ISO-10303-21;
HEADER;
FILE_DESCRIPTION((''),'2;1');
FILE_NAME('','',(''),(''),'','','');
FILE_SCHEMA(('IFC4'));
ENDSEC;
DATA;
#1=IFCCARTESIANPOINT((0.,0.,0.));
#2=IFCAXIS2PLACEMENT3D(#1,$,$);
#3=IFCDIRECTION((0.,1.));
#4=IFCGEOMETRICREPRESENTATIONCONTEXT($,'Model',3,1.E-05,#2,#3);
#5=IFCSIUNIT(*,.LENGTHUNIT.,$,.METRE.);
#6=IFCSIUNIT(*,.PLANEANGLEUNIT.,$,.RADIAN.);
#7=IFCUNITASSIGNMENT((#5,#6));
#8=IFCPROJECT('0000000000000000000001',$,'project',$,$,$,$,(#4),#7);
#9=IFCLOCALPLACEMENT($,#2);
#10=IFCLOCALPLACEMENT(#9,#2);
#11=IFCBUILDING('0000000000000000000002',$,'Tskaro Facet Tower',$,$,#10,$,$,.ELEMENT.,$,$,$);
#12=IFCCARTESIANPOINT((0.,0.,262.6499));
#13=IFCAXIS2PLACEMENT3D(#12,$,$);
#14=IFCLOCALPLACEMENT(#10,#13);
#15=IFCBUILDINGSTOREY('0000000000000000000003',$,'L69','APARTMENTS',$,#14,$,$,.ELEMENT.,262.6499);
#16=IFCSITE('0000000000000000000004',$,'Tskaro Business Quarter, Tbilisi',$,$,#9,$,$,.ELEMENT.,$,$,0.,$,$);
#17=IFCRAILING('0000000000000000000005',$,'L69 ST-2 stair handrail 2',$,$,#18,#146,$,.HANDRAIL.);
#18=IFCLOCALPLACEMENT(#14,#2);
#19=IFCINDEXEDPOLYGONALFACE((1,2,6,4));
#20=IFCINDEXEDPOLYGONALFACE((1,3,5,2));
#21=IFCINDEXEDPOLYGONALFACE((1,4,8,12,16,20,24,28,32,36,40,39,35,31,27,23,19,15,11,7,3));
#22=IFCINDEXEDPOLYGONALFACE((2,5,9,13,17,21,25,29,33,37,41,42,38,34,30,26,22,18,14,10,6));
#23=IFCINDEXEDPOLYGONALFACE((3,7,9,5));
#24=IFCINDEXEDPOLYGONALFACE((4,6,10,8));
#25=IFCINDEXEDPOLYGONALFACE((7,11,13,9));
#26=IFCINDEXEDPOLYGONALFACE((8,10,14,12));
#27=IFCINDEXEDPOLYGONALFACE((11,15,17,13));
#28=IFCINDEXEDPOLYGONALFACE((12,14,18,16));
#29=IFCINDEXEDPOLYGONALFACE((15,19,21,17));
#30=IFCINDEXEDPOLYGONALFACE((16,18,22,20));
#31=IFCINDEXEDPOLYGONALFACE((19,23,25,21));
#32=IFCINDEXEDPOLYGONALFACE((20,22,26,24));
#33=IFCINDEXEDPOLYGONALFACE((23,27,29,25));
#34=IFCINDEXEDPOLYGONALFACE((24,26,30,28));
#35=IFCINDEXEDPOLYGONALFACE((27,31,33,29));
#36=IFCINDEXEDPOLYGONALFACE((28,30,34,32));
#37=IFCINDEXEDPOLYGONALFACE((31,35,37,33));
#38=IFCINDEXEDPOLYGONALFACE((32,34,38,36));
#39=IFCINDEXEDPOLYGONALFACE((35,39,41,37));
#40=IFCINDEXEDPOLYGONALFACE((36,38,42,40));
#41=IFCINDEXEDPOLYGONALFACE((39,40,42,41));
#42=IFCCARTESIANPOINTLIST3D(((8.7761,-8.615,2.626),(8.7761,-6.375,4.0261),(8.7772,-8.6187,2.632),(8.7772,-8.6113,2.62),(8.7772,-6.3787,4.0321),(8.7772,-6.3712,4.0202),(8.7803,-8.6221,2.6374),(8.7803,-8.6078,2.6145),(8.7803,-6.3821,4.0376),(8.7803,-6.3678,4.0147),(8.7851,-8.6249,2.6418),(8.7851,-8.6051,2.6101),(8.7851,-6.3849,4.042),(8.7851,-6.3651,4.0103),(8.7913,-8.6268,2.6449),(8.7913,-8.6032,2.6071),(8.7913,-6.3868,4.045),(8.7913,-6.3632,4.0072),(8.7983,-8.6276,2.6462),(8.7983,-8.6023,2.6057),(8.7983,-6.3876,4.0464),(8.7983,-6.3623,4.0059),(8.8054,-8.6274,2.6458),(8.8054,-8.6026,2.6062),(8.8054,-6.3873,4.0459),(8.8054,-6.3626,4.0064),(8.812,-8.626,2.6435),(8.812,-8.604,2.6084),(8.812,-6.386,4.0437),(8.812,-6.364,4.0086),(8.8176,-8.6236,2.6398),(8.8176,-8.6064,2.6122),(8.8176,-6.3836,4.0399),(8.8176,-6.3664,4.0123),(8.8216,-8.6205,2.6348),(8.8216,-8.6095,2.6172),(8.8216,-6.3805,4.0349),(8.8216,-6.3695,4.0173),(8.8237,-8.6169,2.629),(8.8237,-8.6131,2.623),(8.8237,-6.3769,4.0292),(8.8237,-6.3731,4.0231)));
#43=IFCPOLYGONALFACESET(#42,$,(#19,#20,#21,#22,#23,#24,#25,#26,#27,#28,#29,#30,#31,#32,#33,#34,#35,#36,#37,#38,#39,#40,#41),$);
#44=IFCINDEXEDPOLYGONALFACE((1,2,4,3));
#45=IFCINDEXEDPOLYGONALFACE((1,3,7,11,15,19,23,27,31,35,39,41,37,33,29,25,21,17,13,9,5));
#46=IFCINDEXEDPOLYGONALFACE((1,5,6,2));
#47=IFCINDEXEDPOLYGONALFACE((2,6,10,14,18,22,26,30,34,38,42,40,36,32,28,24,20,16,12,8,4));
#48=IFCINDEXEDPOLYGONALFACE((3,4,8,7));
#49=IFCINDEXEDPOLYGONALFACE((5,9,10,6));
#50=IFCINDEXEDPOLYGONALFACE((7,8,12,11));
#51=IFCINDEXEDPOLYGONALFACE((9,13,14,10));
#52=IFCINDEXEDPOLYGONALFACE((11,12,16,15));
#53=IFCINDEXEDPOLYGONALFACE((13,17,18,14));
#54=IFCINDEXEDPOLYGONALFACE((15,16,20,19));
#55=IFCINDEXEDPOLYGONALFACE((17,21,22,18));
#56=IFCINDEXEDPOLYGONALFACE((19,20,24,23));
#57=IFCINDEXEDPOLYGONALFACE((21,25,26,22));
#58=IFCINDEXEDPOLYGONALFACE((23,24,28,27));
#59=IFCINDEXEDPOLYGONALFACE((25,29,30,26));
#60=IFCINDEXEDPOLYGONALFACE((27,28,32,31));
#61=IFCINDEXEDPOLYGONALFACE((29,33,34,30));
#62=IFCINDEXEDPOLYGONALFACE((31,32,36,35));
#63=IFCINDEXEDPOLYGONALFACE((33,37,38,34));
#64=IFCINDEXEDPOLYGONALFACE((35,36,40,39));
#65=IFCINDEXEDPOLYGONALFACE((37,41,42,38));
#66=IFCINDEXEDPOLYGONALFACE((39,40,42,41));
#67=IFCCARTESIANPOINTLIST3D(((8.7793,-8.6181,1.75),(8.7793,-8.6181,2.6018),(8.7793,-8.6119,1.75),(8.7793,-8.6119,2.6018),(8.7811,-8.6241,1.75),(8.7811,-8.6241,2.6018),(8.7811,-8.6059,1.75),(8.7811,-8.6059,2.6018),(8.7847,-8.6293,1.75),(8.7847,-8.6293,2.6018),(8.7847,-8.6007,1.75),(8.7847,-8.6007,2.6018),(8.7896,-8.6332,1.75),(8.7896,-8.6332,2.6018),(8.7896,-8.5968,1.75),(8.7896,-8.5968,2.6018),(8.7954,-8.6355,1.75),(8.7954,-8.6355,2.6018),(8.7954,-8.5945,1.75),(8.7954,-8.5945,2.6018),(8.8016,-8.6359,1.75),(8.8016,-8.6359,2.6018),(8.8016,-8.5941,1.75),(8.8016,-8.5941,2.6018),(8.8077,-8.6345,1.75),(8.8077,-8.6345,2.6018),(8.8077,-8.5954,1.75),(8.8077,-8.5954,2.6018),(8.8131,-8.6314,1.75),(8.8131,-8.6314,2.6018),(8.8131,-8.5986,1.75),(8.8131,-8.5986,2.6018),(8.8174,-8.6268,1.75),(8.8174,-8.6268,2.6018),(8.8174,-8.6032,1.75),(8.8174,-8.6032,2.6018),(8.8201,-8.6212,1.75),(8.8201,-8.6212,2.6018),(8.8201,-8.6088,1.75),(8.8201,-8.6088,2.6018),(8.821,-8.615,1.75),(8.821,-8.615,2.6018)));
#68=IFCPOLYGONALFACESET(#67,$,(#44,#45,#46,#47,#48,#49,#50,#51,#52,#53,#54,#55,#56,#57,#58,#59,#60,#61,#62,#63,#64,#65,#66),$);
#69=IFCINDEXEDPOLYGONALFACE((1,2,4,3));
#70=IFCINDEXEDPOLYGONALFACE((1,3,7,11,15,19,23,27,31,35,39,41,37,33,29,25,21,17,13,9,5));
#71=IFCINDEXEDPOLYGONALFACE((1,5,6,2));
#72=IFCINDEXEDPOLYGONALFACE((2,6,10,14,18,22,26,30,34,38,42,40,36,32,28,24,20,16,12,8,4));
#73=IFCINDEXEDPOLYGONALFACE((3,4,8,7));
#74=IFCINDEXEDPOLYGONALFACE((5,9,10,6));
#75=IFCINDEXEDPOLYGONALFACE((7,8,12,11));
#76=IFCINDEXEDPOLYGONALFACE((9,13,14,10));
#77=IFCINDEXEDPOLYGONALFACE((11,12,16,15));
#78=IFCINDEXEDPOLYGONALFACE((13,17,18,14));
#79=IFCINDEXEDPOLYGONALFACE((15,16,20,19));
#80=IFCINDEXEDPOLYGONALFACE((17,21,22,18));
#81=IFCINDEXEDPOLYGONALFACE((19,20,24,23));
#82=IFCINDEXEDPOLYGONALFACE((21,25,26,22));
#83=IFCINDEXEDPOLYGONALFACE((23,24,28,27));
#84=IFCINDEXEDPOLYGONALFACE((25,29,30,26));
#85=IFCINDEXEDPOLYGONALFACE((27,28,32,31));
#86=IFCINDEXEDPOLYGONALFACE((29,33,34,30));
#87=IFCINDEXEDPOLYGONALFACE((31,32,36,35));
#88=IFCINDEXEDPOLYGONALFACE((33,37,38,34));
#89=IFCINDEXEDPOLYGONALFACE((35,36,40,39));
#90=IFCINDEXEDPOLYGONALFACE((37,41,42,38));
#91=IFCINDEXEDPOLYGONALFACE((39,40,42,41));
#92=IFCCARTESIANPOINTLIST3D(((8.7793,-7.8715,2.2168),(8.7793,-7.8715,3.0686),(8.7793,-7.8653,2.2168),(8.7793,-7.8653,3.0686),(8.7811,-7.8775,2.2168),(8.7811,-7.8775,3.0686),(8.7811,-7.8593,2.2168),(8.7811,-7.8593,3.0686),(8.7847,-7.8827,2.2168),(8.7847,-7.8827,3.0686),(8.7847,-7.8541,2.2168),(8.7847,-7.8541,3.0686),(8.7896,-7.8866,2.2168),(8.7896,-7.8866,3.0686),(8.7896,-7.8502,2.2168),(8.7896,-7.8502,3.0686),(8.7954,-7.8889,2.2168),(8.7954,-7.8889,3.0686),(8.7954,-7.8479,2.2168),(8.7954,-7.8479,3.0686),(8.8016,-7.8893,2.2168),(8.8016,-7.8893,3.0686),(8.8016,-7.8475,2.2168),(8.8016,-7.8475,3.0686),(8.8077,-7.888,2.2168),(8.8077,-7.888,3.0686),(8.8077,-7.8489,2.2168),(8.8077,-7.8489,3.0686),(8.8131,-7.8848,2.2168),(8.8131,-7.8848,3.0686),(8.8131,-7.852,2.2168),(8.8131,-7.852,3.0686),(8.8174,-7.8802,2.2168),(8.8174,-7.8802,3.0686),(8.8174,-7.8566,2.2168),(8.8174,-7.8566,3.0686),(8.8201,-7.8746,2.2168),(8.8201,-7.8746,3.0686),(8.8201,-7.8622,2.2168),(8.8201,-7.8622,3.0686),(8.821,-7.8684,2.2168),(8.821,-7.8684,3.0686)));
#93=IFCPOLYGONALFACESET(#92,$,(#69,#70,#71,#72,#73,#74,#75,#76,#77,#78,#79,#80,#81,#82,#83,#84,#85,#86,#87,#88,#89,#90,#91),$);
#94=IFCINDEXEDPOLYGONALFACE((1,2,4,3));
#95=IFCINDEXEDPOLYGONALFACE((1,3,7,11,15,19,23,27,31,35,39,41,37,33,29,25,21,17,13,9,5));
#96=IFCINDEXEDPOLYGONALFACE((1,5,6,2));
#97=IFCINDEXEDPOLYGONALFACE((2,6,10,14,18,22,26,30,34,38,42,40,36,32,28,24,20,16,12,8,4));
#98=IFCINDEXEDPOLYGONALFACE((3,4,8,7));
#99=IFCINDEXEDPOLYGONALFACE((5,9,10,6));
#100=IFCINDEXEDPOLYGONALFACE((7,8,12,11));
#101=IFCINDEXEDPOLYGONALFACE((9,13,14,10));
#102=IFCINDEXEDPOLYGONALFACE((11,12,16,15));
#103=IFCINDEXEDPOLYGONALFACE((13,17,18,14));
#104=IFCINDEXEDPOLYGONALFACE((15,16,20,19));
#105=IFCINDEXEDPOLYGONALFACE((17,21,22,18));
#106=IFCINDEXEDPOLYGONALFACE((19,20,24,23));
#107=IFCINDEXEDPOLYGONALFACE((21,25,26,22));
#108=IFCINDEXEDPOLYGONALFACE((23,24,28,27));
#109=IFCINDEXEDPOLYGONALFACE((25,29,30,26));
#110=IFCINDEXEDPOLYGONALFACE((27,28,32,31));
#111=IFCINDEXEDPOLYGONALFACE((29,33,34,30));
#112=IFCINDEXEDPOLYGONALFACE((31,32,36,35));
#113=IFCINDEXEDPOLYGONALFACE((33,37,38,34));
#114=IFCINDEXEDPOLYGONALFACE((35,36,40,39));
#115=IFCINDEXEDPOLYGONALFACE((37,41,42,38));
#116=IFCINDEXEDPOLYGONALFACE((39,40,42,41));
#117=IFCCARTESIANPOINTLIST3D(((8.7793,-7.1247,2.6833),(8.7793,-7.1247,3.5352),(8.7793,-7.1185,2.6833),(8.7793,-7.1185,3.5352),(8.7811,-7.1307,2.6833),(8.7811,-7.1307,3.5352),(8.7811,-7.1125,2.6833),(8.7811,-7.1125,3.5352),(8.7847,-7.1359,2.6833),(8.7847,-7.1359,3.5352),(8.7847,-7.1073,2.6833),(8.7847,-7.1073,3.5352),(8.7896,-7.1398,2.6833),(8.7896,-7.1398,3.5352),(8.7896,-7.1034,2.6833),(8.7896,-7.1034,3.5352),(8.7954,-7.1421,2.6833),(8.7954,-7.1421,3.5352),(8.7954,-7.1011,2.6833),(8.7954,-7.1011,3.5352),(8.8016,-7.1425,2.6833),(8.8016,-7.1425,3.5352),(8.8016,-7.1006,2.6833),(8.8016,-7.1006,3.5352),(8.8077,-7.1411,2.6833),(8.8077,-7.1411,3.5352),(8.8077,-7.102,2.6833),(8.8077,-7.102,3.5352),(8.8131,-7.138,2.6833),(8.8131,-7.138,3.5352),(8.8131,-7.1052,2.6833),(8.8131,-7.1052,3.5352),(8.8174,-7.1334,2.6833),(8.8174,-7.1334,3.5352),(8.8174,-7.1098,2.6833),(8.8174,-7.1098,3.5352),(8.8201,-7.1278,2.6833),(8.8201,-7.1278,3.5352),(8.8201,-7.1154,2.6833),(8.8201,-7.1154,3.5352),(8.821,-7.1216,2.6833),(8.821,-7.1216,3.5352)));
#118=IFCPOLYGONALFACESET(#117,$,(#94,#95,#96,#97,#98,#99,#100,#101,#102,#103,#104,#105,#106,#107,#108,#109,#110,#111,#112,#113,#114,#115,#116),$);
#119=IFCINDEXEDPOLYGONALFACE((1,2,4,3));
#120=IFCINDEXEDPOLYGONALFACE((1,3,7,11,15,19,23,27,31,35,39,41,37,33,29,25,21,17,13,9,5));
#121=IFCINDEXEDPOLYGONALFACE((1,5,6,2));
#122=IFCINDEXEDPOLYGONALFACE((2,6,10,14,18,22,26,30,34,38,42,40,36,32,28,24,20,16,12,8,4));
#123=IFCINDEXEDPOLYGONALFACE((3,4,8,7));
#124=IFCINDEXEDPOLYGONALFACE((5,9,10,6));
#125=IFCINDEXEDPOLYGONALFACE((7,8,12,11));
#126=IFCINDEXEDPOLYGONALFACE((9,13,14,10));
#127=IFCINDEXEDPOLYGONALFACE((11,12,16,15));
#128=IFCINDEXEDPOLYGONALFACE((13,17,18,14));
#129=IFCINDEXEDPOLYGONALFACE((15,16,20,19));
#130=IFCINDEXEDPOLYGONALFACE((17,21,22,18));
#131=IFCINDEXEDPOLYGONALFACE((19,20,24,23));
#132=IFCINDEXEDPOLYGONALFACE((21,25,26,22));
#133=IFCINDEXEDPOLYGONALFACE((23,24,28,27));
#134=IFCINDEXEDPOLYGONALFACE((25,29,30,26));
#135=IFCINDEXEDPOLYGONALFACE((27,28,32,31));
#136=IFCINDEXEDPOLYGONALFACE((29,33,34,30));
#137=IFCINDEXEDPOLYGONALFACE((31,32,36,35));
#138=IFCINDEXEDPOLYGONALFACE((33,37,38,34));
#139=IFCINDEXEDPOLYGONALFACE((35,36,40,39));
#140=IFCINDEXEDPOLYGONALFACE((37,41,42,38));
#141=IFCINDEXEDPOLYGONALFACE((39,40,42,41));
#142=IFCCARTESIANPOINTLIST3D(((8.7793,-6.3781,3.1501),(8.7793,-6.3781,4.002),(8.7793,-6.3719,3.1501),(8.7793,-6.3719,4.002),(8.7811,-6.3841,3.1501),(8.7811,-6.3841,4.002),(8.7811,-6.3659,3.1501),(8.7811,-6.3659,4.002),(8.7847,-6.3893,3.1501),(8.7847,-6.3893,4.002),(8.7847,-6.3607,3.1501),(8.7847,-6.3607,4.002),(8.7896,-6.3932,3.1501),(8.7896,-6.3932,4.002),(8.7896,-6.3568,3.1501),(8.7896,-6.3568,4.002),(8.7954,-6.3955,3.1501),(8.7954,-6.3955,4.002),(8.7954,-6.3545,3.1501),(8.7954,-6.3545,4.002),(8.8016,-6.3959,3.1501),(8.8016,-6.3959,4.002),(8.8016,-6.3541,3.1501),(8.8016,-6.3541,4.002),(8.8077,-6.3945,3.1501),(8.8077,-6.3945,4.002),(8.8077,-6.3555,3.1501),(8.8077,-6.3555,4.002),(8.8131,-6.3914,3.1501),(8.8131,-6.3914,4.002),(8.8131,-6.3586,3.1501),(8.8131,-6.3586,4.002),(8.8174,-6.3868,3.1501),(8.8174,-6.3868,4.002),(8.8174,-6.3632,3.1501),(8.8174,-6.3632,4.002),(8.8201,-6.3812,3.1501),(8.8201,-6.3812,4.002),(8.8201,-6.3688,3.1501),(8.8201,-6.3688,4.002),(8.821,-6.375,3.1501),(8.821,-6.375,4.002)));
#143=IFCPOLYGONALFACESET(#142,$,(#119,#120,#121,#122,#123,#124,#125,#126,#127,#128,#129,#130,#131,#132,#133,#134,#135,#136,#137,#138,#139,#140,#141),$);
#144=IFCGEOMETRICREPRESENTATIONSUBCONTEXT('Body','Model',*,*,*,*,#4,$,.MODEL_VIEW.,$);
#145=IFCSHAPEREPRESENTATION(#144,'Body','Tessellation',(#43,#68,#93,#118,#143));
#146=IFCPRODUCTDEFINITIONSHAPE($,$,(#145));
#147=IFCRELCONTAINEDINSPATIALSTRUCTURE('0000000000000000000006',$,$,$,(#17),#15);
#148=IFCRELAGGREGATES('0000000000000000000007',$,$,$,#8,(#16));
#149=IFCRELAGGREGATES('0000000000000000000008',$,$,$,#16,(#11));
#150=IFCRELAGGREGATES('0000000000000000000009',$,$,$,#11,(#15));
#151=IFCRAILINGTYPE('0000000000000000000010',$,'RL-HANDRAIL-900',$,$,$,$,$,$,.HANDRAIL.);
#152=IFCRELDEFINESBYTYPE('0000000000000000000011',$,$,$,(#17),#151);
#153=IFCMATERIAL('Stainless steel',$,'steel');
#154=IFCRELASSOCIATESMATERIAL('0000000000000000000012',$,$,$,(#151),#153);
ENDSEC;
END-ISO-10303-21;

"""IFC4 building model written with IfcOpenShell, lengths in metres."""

from ifc_helpers import new_model, si_unit, direction, frame, origin, origin_2d, place, context, subcontext, project, spatial, circle, extrude, material, type_object, element, save


model = new_model("IFC4")

# Units and contexts
model_context = context("Model", 3, precision=1e-05, world=origin(), true_north=direction((0.0, 1.0)))
body_context = subcontext(model_context, "Body", "Model", "MODEL_VIEW")
ifc_project = project(units=[si_unit("LENGTHUNIT", "METRE"), si_unit("PLANEANGLEUNIT", "RADIAN")], contexts=[model_context])

# Site, building, storey
site_placement = place(None, origin())
site = spatial("IfcSite", under=ifc_project, at=site_placement, Name="Tskaro Business Quarter, Tbilisi", CompositionType="ELEMENT", RefElevation=0.0)
building_placement = place(site_placement, origin())
building = spatial("IfcBuilding", under=site, at=building_placement, Name="Tskaro Facet Tower", CompositionType="ELEMENT")
storey_placement = place(building_placement, frame((0.0, 0.0, 262.6499)))
storey = spatial("IfcBuildingStorey", under=building, at=storey_placement, Name="L69", Description="APARTMENTS", CompositionType="ELEMENT", Elevation=262.6499)

# Railing
ifc_material_1 = material(Name="Stainless steel", Category="steel")
railing_type_1 = type_object("IfcRailingType", Name="RL-HANDRAIL-900", PredefinedType="HANDRAIL", material=ifc_material_1)
railing_1_placement = place(storey_placement, frame((8.8, -8.615, 1.75)))
element("IfcRailing", 1, at=railing_1_placement, inside=storey, type_object=railing_type_1, Name="L69 ST-2 stair handrail 2", PredefinedType="HANDRAIL", context=body_context, shape_type="SweptSolid", body=[
    extrude(circle(Radius=0.0239, at=origin_2d()), frame((0.0, 0.0, 0.876), z_axis=(0.0, 0.847972, 0.53004), x_axis=(-1.0, 0.0, 0.0)), (0.0, 0.0, 1.0), 2.6416),
    extrude(circle(Radius=0.021, at=origin_2d()), origin(), (0.0, 0.0, 1.0), 0.8518),
    extrude(circle(Radius=0.021, at=origin_2d()), frame((0.0, 0.7466, 0.4668)), (0.0, 0.0, 1.0), 0.8518),
    extrude(circle(Radius=0.021, at=origin_2d()), frame((0.0, 1.4934, 0.9333)), (0.0, 0.0, 1.0), 0.8518),
    extrude(circle(Radius=0.021, at=origin_2d()), frame((0.0, 2.24, 1.4001)), (0.0, 0.0, 1.0), 0.8518),
])

save(model, "model.ifc")
